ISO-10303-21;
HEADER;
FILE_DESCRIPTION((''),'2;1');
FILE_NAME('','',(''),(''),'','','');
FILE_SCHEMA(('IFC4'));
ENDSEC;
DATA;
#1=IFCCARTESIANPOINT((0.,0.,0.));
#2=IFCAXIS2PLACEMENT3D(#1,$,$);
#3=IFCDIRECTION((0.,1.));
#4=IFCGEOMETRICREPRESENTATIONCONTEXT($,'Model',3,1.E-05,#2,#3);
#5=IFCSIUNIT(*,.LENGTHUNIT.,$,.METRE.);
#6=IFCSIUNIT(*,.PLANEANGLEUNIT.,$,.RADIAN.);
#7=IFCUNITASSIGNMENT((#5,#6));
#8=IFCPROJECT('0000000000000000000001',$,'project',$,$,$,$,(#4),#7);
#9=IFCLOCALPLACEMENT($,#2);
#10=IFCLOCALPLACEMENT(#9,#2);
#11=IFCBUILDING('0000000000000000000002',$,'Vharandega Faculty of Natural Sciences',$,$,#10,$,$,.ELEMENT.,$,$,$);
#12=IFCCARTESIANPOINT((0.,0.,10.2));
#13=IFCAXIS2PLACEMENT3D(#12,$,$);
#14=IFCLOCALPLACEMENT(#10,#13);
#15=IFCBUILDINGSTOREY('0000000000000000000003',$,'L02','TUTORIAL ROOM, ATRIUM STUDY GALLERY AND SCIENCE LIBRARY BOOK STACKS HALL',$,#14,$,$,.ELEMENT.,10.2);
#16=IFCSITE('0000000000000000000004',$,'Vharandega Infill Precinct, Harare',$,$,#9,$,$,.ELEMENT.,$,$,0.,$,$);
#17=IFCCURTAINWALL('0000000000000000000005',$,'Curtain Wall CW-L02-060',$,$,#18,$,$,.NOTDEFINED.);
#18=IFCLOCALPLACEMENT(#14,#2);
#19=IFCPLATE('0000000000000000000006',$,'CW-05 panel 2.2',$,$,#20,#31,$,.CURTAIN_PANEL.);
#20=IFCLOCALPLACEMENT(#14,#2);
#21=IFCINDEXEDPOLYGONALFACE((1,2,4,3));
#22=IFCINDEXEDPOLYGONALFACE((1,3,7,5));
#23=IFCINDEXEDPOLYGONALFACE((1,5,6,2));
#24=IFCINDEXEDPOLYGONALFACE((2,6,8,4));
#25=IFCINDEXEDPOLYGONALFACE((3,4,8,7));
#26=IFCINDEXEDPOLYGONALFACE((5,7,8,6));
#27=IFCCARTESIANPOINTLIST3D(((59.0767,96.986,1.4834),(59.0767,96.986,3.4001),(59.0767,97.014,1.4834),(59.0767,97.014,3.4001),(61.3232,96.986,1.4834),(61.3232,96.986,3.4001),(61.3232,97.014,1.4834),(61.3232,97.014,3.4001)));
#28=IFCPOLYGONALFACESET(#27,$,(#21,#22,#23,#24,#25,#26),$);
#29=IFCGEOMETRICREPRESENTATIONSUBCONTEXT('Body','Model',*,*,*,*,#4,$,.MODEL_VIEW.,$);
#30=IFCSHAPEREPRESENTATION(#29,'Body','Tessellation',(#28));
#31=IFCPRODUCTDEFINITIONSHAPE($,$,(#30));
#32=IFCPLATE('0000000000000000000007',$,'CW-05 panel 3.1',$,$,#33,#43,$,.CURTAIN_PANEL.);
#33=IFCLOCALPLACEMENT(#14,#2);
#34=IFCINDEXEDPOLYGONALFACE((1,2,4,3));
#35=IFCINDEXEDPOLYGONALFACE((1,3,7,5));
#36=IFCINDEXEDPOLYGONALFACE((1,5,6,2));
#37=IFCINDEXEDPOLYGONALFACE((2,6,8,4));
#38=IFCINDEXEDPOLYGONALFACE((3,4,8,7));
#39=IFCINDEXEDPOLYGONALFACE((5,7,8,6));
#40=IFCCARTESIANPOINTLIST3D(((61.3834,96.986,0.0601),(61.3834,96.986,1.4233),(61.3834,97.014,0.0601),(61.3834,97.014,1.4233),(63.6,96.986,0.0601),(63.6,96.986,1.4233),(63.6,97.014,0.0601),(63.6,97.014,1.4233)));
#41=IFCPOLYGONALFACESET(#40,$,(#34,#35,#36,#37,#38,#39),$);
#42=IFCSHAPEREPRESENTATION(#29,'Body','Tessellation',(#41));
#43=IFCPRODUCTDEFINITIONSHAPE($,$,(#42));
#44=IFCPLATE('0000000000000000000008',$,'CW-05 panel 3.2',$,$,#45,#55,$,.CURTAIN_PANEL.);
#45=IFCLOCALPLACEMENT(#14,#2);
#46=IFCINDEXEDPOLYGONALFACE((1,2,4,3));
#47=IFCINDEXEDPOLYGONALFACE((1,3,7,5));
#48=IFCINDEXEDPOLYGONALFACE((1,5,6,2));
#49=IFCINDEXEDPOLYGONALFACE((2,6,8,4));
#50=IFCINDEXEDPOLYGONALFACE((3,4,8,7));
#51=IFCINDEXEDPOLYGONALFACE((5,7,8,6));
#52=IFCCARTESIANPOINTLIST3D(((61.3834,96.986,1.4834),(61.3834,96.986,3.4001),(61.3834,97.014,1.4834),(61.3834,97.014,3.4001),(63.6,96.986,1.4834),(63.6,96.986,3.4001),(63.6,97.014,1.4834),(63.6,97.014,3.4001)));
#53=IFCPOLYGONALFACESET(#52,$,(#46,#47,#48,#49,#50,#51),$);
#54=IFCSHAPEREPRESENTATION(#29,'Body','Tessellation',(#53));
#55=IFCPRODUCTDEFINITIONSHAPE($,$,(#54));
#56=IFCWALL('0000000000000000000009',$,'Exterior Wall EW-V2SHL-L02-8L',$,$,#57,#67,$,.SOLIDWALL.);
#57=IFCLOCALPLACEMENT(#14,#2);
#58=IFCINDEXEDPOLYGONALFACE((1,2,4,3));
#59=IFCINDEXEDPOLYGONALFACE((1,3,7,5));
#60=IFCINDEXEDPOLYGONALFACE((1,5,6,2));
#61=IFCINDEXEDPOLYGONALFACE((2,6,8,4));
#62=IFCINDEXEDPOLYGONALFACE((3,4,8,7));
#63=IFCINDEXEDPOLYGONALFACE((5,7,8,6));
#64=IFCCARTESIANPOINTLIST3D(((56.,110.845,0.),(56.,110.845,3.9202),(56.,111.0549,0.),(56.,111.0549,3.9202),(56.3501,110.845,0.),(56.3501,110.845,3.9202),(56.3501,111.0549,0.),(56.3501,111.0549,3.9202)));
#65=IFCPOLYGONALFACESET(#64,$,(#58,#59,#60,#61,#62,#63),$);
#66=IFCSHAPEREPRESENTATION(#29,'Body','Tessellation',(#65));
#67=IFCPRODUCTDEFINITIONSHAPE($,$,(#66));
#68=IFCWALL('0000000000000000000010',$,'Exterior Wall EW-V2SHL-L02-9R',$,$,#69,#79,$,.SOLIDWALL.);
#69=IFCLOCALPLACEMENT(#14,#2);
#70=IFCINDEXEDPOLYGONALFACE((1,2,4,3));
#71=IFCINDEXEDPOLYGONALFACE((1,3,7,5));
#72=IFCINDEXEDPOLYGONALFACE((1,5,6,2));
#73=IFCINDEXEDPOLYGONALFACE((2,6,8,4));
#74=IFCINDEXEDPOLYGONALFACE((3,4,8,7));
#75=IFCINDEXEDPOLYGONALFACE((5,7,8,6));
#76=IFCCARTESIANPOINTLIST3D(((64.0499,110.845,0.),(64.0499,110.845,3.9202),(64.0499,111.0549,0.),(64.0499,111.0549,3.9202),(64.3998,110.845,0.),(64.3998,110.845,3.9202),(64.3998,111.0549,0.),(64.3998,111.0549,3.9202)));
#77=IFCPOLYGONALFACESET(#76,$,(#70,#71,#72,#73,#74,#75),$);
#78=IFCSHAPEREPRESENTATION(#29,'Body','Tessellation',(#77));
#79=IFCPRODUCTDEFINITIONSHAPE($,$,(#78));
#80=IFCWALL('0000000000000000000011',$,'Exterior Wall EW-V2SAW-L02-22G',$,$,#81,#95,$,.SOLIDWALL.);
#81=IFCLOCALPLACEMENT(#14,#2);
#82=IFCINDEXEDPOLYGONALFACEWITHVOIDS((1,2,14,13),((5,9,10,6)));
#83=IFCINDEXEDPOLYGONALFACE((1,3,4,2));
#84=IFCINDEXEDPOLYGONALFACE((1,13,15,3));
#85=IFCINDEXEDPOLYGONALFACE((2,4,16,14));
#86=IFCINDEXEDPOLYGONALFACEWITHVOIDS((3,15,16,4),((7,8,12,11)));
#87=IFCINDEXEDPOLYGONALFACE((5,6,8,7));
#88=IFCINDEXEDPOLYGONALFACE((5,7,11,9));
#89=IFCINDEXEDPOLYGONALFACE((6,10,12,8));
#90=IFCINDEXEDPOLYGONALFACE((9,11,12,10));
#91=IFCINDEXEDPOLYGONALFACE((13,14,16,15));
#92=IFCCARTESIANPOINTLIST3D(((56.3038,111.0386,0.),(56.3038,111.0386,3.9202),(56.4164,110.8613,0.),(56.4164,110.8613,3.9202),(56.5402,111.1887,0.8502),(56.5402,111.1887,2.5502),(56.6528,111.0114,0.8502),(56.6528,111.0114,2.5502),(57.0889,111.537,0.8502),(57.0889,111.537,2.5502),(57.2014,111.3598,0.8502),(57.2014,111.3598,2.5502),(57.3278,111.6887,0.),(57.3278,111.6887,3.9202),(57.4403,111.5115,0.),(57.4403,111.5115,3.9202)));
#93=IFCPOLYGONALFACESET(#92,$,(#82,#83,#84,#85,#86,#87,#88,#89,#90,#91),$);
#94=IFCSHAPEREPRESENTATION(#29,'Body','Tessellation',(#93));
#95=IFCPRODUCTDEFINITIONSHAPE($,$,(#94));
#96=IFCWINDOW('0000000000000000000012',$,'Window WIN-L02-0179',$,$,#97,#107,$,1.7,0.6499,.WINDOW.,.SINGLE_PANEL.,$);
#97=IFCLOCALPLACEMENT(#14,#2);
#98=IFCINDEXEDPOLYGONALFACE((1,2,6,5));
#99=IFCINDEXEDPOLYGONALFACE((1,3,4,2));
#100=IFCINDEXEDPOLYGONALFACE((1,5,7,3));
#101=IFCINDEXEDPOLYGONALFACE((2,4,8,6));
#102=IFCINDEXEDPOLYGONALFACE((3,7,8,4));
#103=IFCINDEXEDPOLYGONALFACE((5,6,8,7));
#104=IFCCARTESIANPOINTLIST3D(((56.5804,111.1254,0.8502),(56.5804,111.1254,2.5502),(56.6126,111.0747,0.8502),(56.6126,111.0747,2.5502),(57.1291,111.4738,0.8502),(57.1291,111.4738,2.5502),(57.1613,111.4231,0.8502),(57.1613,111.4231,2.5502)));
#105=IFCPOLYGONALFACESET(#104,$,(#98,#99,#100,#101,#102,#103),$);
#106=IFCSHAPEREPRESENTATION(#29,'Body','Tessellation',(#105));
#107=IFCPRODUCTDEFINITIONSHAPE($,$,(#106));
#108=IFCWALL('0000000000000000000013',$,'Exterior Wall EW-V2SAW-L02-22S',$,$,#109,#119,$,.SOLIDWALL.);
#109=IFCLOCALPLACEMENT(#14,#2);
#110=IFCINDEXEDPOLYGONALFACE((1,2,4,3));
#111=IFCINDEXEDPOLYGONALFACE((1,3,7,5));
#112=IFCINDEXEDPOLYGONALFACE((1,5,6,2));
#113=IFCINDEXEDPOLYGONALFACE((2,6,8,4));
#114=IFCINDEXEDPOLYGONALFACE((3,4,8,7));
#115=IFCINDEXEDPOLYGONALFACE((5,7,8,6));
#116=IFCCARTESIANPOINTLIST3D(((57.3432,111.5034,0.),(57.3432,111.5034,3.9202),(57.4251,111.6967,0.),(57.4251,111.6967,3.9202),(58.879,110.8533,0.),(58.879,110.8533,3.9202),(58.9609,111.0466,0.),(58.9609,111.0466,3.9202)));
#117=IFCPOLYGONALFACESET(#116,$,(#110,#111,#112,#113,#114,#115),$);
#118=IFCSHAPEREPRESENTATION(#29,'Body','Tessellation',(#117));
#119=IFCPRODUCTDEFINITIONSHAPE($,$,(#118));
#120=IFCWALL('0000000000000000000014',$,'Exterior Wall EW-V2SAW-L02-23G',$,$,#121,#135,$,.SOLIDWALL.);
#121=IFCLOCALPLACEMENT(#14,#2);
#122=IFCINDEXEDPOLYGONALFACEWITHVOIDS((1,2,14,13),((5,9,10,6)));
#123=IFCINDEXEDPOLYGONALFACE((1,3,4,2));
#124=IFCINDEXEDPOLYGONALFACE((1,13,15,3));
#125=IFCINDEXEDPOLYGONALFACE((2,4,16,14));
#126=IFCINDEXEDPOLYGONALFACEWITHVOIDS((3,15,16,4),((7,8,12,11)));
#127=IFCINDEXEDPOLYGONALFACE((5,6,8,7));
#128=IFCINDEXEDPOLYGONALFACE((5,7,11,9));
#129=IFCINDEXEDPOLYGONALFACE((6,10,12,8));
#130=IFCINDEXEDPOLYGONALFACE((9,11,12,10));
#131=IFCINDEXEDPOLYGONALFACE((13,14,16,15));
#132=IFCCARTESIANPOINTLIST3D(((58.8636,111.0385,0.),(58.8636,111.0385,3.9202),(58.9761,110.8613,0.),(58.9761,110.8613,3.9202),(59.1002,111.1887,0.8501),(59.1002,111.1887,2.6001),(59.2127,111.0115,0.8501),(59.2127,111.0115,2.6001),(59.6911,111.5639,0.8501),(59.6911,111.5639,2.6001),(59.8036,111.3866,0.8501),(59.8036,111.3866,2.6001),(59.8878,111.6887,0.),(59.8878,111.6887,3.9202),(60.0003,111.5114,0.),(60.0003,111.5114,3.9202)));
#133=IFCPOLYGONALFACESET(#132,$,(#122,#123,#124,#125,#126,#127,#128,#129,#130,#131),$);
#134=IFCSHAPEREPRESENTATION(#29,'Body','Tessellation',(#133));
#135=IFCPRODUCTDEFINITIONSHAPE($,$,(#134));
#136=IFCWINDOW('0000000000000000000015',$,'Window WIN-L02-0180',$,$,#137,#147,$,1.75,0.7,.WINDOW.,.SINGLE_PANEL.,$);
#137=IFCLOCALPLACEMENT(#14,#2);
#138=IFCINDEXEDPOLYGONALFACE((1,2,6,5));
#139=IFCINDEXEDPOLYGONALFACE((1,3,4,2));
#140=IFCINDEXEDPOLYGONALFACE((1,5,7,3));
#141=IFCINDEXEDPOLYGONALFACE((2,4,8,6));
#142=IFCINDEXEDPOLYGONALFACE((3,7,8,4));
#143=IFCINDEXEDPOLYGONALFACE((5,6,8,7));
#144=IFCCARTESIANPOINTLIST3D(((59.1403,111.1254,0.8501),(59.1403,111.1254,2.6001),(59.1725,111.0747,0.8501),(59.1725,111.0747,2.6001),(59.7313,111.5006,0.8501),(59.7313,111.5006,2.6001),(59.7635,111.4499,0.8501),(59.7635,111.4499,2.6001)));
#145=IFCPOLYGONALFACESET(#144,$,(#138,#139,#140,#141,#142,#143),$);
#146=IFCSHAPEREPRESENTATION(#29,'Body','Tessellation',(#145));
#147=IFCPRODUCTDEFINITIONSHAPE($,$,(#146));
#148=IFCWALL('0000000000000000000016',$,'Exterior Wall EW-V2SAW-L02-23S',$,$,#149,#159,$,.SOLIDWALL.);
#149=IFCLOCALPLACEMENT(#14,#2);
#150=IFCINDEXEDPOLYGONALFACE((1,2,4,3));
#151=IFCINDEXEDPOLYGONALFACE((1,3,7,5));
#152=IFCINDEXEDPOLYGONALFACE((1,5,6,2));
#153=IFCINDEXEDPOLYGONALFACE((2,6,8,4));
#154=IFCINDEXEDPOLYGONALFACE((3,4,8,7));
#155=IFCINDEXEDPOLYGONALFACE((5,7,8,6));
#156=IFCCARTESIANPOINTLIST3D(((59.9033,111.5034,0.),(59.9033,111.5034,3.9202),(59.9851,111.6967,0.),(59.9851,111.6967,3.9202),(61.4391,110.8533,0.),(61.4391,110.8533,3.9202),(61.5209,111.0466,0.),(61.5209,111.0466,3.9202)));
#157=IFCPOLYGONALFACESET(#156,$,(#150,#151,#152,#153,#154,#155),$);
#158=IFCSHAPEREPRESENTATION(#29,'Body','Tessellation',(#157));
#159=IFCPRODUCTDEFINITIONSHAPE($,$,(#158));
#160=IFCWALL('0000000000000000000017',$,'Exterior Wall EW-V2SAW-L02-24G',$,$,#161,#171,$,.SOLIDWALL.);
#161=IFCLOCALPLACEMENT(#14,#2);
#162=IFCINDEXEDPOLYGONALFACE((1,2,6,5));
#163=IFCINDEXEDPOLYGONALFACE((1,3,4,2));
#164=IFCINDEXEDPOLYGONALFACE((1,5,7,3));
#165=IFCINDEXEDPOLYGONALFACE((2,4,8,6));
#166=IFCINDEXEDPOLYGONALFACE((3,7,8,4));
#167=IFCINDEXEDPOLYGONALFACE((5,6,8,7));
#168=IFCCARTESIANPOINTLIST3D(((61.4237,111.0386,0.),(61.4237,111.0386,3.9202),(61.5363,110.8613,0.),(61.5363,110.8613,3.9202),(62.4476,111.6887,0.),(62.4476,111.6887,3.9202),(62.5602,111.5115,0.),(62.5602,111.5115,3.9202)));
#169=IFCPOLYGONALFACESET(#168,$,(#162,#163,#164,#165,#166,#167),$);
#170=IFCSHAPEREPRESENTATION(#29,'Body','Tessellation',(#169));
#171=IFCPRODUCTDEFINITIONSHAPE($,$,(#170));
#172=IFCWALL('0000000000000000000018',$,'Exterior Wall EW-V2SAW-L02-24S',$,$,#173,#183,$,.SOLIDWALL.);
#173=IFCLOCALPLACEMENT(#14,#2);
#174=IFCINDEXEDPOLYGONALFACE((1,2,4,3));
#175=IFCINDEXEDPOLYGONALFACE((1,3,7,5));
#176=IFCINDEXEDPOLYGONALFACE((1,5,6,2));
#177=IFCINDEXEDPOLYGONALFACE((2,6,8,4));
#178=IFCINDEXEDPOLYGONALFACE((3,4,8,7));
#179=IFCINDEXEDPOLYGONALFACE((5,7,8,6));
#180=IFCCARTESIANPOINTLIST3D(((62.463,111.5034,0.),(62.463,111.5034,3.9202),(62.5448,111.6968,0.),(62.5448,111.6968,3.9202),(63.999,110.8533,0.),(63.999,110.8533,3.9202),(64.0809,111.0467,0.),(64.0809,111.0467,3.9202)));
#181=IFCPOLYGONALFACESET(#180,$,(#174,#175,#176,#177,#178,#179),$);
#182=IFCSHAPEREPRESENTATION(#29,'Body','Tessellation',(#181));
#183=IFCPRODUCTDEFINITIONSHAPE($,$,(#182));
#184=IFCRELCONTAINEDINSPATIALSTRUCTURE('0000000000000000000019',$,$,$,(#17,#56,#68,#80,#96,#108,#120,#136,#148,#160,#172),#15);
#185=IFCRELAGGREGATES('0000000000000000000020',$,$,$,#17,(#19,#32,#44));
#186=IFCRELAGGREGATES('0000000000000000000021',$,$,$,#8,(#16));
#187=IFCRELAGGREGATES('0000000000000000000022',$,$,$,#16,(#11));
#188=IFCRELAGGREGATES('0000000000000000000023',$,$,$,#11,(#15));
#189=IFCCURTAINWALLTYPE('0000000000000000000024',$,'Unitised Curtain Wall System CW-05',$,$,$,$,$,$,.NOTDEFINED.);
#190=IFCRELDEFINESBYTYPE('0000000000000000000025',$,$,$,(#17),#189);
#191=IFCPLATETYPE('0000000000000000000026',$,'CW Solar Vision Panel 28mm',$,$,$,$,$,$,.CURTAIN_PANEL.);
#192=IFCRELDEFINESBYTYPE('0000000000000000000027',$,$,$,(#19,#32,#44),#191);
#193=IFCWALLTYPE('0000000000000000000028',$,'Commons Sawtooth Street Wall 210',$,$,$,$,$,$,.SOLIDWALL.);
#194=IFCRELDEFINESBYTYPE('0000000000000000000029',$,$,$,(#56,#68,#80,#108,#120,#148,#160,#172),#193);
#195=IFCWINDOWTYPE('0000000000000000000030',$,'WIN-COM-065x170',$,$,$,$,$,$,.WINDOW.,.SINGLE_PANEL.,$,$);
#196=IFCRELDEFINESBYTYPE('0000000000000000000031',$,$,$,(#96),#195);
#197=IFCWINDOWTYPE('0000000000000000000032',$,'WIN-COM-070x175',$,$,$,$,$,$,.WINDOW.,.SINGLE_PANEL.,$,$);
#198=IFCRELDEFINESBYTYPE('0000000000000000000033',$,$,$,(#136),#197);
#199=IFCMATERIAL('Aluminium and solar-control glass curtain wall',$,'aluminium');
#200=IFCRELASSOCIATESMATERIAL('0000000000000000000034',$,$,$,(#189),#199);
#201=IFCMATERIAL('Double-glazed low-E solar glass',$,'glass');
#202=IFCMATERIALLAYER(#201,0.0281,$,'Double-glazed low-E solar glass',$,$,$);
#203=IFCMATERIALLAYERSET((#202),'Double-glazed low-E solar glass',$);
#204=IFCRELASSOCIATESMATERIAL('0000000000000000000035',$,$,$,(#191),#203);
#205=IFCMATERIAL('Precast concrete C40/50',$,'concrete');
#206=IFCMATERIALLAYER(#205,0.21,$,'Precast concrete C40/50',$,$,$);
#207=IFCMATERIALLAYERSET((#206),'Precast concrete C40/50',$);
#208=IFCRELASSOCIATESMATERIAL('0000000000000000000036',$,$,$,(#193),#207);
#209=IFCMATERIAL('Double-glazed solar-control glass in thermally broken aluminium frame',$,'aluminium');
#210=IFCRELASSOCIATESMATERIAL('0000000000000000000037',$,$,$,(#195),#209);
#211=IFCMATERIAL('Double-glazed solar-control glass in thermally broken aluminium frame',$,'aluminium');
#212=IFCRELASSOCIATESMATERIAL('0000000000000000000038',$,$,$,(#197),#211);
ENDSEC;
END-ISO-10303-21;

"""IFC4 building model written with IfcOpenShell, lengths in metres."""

from ifc_helpers import new_model, si_unit, direction, frame, frame_2d, origin, origin_2d, place, context, subcontext, project, spatial, rectangle, extrude, material, layer, layer_set, type_object, element, fill, aggregate, save


model = new_model("IFC4")

# Units and contexts
model_context = context("Model", 3, precision=1e-05, world=origin(), true_north=direction((0.0, 1.0)))
body_context = subcontext(model_context, "Body", "Model", "MODEL_VIEW")
ifc_project = project(units=[si_unit("LENGTHUNIT", "METRE"), si_unit("PLANEANGLEUNIT", "RADIAN")], contexts=[model_context])

# Site, building, storey
site_placement = place(None, origin())
site = spatial("IfcSite", under=ifc_project, at=site_placement, Name="Vharandega Infill Precinct, Harare", CompositionType="ELEMENT", RefElevation=0.0)
building_placement = place(site_placement, origin())
building = spatial("IfcBuilding", under=site, at=building_placement, Name="Vharandega Faculty of Natural Sciences", CompositionType="ELEMENT")
storey_placement = place(building_placement, frame((0.0, 0.0, 10.2)))
storey = spatial("IfcBuildingStorey", under=building, at=storey_placement, Name="L02", Description="TUTORIAL ROOM, ATRIUM STUDY GALLERY AND SCIENCE LIBRARY BOOK STACKS HALL", CompositionType="ELEMENT", Elevation=10.2)

# Curtain wall
ifc_material_1 = material(Name="Aluminium and solar-control glass curtain wall", Category="aluminium")
curtain_wall_type = type_object("IfcCurtainWallType", Name="Unitised Curtain Wall System CW-05", PredefinedType="NOTDEFINED", material=ifc_material_1)
curtain_wall_placement = place(storey_placement, origin())
curtain_wall = element("IfcCurtainWall", 1, at=curtain_wall_placement, inside=storey, type_object=curtain_wall_type, Name="Curtain Wall CW-L02-060", PredefinedType="NOTDEFINED")

# Plates
ifc_material_2 = material(Name="Double-glazed low-E solar glass", Category="glass")
ifc_layer_1 = layer(ifc_material_2, 0.0281, Name="Double-glazed low-E solar glass")
ifc_layer_set_1 = layer_set([ifc_layer_1], Name="Double-glazed low-E solar glass")
plate_type = type_object("IfcPlateType", Name="CW Solar Vision Panel 28mm", PredefinedType="CURTAIN_PANEL", material=ifc_layer_set_1)
plate_1_placement = place(storey_placement, frame((60.2, 97.0, 1.4834), z_axis=(0.0, 0.0, 1.0), x_axis=(1.0, 0.0, 0.0)))
plate_1 = element("IfcPlate", 2, at=plate_1_placement, type_object=plate_type, Name="CW-05 panel 2.2", PredefinedType="CURTAIN_PANEL", context=body_context, shape_type="SweptSolid", body=[
    extrude(rectangle(XDim=2.2466, YDim=0.0281, at=origin_2d()), origin(), (0.0, 0.0, 1.0), 1.9167),
])
plate_2_placement = place(storey_placement, frame((62.4917, 97.0, 0.0601), z_axis=(0.0, 0.0, 1.0), x_axis=(1.0, 0.0, 0.0)))
plate_2 = element("IfcPlate", 3, at=plate_2_placement, type_object=plate_type, Name="CW-05 panel 3.1", PredefinedType="CURTAIN_PANEL", context=body_context, shape_type="SweptSolid", body=[
    extrude(rectangle(XDim=2.2166, YDim=0.0281, at=origin_2d()), origin(), (0.0, 0.0, 1.0), 1.3633),
])
plate_3_placement = place(storey_placement, frame((62.4917, 97.0, 1.4834), z_axis=(0.0, 0.0, 1.0), x_axis=(1.0, 0.0, 0.0)))
plate_3 = element("IfcPlate", 4, at=plate_3_placement, type_object=plate_type, Name="CW-05 panel 3.2", PredefinedType="CURTAIN_PANEL", context=body_context, shape_type="SweptSolid", body=[
    extrude(rectangle(XDim=2.2166, YDim=0.0281, at=origin_2d()), origin(), (0.0, 0.0, 1.0), 1.9167),
])
aggregate(curtain_wall, [plate_1, plate_2, plate_3])

# Walls
ifc_material_3 = material(Name="Precast concrete C40/50", Category="concrete")
ifc_layer_2 = layer(ifc_material_3, 0.21, Name="Precast concrete C40/50")
ifc_layer_set_2 = layer_set([ifc_layer_2], Name="Precast concrete C40/50")
wall_type = type_object("IfcWallType", Name="Commons Sawtooth Street Wall 210", PredefinedType="SOLIDWALL", material=ifc_layer_set_2)
wall_1_placement = place(storey_placement, frame((56.0, 110.95, 0.0), z_axis=(0.0, 0.0, 1.0), x_axis=(1.0, 0.0, 0.0)))
element("IfcWall", 5, at=wall_1_placement, inside=storey, type_object=wall_type, Name="Exterior Wall EW-V2SHL-L02-8L", PredefinedType="SOLIDWALL", context=body_context, shape_type="SweptSolid", body=[
    extrude(rectangle(XDim=0.3501, YDim=0.21, at=frame_2d((0.175, 0.0))), origin(), (0.0, 0.0, 1.0), 3.9202),
])
wall_2_placement = place(storey_placement, frame((64.05, 110.95, 0.0), z_axis=(0.0, 0.0, 1.0), x_axis=(1.0, 0.0, 0.0)))
element("IfcWall", 6, at=wall_2_placement, inside=storey, type_object=wall_type, Name="Exterior Wall EW-V2SHL-L02-9R", PredefinedType="SOLIDWALL", context=body_context, shape_type="SweptSolid", body=[
    extrude(rectangle(XDim=0.3499, YDim=0.21, at=frame_2d((0.1748, 0.0))), origin(), (0.0, 0.0, 1.0), 3.9202),
])

# Wall, opening, window
wall_3_placement = place(storey_placement, frame((56.3601, 110.95, 0.0), z_axis=(0.0, 0.0, 1.0), x_axis=(0.8442, 0.536029, 0.0)))
wall_3 = element("IfcWall", 7, at=wall_3_placement, inside=storey, type_object=wall_type, Name="Exterior Wall EW-V2SAW-L02-22G", PredefinedType="SOLIDWALL", context=body_context, shape_type="SweptSolid", body=[
    extrude(rectangle(XDim=1.2129, YDim=0.21, at=frame_2d((0.6064, 0.0))), origin(), (0.0, 0.0, 1.0), 3.9202),
])
opening_1_placement = place(wall_3_placement, frame((0.28, 0.0, 0.8501)))
opening_1 = element("IfcOpeningElement", 8, at=opening_1_placement, cuts=wall_3, PredefinedType="OPENING", context=body_context, shape_type="SweptSolid", body=[
    extrude(rectangle(XDim=0.6499, YDim=1.7, at=frame_2d((0.325, 0.8501))), frame((0.0, 0.115, 0.0), z_axis=(0.0, -1.0, 0.0), x_axis=(1.0, 0.0, 0.0)), (0.0, 0.0, 1.0), 0.23),
])
ifc_material_4 = material(Name="Double-glazed solar-control glass in thermally broken aluminium frame", Category="aluminium")
window_type_1 = type_object("IfcWindowType", Name="WIN-COM-065x170", PartitioningType="SINGLE_PANEL", PredefinedType="WINDOW", material=ifc_material_4)
window_1_placement = place(opening_1_placement, origin())
window_1 = element("IfcWindow", 9, at=window_1_placement, inside=storey, type_object=window_type_1, Name="Window WIN-L02-0179", OverallHeight=1.7, OverallWidth=0.6499, PartitioningType="SINGLE_PANEL", PredefinedType="WINDOW", context=body_context, shape_type="SweptSolid", body=[
    extrude(rectangle(XDim=0.6499, YDim=1.7, at=frame_2d((0.325, 0.8501))), frame((0.0, 0.03, 0.0), z_axis=(0.0, -1.0, 0.0), x_axis=(1.0, 0.0, 0.0)), (0.0, 0.0, 1.0), 0.0601),
])
fill(opening_1, window_1)

# Wall
wall_4_placement = place(storey_placement, frame((57.384, 111.6001, 0.0), z_axis=(0.0, 0.0, 1.0), x_axis=(0.920892, -0.389817, 0.0)))
element("IfcWall", 10, at=wall_4_placement, inside=storey, type_object=wall_type, Name="Exterior Wall EW-V2SAW-L02-22S", PredefinedType="SOLIDWALL", context=body_context, shape_type="SweptSolid", body=[
    extrude(rectangle(XDim=1.6677, YDim=0.21, at=frame_2d((0.834, 0.0))), origin(), (0.0, 0.0, 1.0), 3.9202),
])

# Wall, opening, window
wall_5_placement = place(storey_placement, frame((58.9199, 110.95, 0.0), z_axis=(0.0, 0.0, 1.0), x_axis=(0.844258, 0.535938, 0.0)))
wall_5 = element("IfcWall", 11, at=wall_5_placement, inside=storey, type_object=wall_type, Name="Exterior Wall EW-V2SAW-L02-23G", PredefinedType="SOLIDWALL", context=body_context, shape_type="SweptSolid", body=[
    extrude(rectangle(XDim=1.2131, YDim=0.21, at=frame_2d((0.6064, 0.0))), origin(), (0.0, 0.0, 1.0), 3.9202),
])
opening_2_placement = place(wall_5_placement, frame((0.28, 0.0, 0.8501)))
opening_2 = element("IfcOpeningElement", 12, at=opening_2_placement, cuts=wall_5, PredefinedType="OPENING", context=body_context, shape_type="SweptSolid", body=[
    extrude(rectangle(XDim=0.7, YDim=1.75, at=frame_2d((0.3501, 0.875))), frame((0.0, 0.115, 0.0), z_axis=(0.0, -1.0, 0.0), x_axis=(1.0, 0.0, 0.0)), (0.0, 0.0, 1.0), 0.23),
])
ifc_material_5 = material(Name="Double-glazed solar-control glass in thermally broken aluminium frame", Category="aluminium")
window_type_2 = type_object("IfcWindowType", Name="WIN-COM-070x175", PartitioningType="SINGLE_PANEL", PredefinedType="WINDOW", material=ifc_material_5)
window_2_placement = place(opening_2_placement, origin())
window_2 = element("IfcWindow", 13, at=window_2_placement, inside=storey, type_object=window_type_2, Name="Window WIN-L02-0180", OverallHeight=1.75, OverallWidth=0.7, PartitioningType="SINGLE_PANEL", PredefinedType="WINDOW", context=body_context, shape_type="SweptSolid", body=[
    extrude(rectangle(XDim=0.7, YDim=1.75, at=frame_2d((0.3501, 0.875))), frame((0.0, 0.03, 0.0), z_axis=(0.0, -1.0, 0.0), x_axis=(1.0, 0.0, 0.0)), (0.0, 0.0, 1.0), 0.0601),
])
fill(opening_2, window_2)

# Walls
wall_6_placement = place(storey_placement, frame((59.9441, 111.6001, 0.0), z_axis=(0.0, 0.0, 1.0), x_axis=(0.920892, -0.389817, 0.0)))
element("IfcWall", 14, at=wall_6_placement, inside=storey, type_object=wall_type, Name="Exterior Wall EW-V2SAW-L02-23S", PredefinedType="SOLIDWALL", context=body_context, shape_type="SweptSolid", body=[
    extrude(rectangle(XDim=1.6677, YDim=0.21, at=frame_2d((0.834, 0.0))), origin(), (0.0, 0.0, 1.0), 3.9202),
])
wall_7_placement = place(storey_placement, frame((61.48, 110.95, 0.0), z_axis=(0.0, 0.0, 1.0), x_axis=(0.8442, 0.536029, 0.0)))
element("IfcWall", 15, at=wall_7_placement, inside=storey, type_object=wall_type, Name="Exterior Wall EW-V2SAW-L02-24G", PredefinedType="SOLIDWALL", context=body_context, shape_type="SweptSolid", body=[
    extrude(rectangle(XDim=1.2129, YDim=0.21, at=frame_2d((0.6064, 0.0))), origin(), (0.0, 0.0, 1.0), 3.9202),
])
wall_8_placement = place(storey_placement, frame((62.5039, 111.6001, 0.0), z_axis=(0.0, 0.0, 1.0), x_axis=(0.920915, -0.389764, 0.0)))
element("IfcWall", 16, at=wall_8_placement, inside=storey, type_object=wall_type, Name="Exterior Wall EW-V2SAW-L02-24S", PredefinedType="SOLIDWALL", context=body_context, shape_type="SweptSolid", body=[
    extrude(rectangle(XDim=1.668, YDim=0.21, at=frame_2d((0.834, 0.0))), origin(), (0.0, 0.0, 1.0), 3.9202),
])

save(model, "model.ifc")
